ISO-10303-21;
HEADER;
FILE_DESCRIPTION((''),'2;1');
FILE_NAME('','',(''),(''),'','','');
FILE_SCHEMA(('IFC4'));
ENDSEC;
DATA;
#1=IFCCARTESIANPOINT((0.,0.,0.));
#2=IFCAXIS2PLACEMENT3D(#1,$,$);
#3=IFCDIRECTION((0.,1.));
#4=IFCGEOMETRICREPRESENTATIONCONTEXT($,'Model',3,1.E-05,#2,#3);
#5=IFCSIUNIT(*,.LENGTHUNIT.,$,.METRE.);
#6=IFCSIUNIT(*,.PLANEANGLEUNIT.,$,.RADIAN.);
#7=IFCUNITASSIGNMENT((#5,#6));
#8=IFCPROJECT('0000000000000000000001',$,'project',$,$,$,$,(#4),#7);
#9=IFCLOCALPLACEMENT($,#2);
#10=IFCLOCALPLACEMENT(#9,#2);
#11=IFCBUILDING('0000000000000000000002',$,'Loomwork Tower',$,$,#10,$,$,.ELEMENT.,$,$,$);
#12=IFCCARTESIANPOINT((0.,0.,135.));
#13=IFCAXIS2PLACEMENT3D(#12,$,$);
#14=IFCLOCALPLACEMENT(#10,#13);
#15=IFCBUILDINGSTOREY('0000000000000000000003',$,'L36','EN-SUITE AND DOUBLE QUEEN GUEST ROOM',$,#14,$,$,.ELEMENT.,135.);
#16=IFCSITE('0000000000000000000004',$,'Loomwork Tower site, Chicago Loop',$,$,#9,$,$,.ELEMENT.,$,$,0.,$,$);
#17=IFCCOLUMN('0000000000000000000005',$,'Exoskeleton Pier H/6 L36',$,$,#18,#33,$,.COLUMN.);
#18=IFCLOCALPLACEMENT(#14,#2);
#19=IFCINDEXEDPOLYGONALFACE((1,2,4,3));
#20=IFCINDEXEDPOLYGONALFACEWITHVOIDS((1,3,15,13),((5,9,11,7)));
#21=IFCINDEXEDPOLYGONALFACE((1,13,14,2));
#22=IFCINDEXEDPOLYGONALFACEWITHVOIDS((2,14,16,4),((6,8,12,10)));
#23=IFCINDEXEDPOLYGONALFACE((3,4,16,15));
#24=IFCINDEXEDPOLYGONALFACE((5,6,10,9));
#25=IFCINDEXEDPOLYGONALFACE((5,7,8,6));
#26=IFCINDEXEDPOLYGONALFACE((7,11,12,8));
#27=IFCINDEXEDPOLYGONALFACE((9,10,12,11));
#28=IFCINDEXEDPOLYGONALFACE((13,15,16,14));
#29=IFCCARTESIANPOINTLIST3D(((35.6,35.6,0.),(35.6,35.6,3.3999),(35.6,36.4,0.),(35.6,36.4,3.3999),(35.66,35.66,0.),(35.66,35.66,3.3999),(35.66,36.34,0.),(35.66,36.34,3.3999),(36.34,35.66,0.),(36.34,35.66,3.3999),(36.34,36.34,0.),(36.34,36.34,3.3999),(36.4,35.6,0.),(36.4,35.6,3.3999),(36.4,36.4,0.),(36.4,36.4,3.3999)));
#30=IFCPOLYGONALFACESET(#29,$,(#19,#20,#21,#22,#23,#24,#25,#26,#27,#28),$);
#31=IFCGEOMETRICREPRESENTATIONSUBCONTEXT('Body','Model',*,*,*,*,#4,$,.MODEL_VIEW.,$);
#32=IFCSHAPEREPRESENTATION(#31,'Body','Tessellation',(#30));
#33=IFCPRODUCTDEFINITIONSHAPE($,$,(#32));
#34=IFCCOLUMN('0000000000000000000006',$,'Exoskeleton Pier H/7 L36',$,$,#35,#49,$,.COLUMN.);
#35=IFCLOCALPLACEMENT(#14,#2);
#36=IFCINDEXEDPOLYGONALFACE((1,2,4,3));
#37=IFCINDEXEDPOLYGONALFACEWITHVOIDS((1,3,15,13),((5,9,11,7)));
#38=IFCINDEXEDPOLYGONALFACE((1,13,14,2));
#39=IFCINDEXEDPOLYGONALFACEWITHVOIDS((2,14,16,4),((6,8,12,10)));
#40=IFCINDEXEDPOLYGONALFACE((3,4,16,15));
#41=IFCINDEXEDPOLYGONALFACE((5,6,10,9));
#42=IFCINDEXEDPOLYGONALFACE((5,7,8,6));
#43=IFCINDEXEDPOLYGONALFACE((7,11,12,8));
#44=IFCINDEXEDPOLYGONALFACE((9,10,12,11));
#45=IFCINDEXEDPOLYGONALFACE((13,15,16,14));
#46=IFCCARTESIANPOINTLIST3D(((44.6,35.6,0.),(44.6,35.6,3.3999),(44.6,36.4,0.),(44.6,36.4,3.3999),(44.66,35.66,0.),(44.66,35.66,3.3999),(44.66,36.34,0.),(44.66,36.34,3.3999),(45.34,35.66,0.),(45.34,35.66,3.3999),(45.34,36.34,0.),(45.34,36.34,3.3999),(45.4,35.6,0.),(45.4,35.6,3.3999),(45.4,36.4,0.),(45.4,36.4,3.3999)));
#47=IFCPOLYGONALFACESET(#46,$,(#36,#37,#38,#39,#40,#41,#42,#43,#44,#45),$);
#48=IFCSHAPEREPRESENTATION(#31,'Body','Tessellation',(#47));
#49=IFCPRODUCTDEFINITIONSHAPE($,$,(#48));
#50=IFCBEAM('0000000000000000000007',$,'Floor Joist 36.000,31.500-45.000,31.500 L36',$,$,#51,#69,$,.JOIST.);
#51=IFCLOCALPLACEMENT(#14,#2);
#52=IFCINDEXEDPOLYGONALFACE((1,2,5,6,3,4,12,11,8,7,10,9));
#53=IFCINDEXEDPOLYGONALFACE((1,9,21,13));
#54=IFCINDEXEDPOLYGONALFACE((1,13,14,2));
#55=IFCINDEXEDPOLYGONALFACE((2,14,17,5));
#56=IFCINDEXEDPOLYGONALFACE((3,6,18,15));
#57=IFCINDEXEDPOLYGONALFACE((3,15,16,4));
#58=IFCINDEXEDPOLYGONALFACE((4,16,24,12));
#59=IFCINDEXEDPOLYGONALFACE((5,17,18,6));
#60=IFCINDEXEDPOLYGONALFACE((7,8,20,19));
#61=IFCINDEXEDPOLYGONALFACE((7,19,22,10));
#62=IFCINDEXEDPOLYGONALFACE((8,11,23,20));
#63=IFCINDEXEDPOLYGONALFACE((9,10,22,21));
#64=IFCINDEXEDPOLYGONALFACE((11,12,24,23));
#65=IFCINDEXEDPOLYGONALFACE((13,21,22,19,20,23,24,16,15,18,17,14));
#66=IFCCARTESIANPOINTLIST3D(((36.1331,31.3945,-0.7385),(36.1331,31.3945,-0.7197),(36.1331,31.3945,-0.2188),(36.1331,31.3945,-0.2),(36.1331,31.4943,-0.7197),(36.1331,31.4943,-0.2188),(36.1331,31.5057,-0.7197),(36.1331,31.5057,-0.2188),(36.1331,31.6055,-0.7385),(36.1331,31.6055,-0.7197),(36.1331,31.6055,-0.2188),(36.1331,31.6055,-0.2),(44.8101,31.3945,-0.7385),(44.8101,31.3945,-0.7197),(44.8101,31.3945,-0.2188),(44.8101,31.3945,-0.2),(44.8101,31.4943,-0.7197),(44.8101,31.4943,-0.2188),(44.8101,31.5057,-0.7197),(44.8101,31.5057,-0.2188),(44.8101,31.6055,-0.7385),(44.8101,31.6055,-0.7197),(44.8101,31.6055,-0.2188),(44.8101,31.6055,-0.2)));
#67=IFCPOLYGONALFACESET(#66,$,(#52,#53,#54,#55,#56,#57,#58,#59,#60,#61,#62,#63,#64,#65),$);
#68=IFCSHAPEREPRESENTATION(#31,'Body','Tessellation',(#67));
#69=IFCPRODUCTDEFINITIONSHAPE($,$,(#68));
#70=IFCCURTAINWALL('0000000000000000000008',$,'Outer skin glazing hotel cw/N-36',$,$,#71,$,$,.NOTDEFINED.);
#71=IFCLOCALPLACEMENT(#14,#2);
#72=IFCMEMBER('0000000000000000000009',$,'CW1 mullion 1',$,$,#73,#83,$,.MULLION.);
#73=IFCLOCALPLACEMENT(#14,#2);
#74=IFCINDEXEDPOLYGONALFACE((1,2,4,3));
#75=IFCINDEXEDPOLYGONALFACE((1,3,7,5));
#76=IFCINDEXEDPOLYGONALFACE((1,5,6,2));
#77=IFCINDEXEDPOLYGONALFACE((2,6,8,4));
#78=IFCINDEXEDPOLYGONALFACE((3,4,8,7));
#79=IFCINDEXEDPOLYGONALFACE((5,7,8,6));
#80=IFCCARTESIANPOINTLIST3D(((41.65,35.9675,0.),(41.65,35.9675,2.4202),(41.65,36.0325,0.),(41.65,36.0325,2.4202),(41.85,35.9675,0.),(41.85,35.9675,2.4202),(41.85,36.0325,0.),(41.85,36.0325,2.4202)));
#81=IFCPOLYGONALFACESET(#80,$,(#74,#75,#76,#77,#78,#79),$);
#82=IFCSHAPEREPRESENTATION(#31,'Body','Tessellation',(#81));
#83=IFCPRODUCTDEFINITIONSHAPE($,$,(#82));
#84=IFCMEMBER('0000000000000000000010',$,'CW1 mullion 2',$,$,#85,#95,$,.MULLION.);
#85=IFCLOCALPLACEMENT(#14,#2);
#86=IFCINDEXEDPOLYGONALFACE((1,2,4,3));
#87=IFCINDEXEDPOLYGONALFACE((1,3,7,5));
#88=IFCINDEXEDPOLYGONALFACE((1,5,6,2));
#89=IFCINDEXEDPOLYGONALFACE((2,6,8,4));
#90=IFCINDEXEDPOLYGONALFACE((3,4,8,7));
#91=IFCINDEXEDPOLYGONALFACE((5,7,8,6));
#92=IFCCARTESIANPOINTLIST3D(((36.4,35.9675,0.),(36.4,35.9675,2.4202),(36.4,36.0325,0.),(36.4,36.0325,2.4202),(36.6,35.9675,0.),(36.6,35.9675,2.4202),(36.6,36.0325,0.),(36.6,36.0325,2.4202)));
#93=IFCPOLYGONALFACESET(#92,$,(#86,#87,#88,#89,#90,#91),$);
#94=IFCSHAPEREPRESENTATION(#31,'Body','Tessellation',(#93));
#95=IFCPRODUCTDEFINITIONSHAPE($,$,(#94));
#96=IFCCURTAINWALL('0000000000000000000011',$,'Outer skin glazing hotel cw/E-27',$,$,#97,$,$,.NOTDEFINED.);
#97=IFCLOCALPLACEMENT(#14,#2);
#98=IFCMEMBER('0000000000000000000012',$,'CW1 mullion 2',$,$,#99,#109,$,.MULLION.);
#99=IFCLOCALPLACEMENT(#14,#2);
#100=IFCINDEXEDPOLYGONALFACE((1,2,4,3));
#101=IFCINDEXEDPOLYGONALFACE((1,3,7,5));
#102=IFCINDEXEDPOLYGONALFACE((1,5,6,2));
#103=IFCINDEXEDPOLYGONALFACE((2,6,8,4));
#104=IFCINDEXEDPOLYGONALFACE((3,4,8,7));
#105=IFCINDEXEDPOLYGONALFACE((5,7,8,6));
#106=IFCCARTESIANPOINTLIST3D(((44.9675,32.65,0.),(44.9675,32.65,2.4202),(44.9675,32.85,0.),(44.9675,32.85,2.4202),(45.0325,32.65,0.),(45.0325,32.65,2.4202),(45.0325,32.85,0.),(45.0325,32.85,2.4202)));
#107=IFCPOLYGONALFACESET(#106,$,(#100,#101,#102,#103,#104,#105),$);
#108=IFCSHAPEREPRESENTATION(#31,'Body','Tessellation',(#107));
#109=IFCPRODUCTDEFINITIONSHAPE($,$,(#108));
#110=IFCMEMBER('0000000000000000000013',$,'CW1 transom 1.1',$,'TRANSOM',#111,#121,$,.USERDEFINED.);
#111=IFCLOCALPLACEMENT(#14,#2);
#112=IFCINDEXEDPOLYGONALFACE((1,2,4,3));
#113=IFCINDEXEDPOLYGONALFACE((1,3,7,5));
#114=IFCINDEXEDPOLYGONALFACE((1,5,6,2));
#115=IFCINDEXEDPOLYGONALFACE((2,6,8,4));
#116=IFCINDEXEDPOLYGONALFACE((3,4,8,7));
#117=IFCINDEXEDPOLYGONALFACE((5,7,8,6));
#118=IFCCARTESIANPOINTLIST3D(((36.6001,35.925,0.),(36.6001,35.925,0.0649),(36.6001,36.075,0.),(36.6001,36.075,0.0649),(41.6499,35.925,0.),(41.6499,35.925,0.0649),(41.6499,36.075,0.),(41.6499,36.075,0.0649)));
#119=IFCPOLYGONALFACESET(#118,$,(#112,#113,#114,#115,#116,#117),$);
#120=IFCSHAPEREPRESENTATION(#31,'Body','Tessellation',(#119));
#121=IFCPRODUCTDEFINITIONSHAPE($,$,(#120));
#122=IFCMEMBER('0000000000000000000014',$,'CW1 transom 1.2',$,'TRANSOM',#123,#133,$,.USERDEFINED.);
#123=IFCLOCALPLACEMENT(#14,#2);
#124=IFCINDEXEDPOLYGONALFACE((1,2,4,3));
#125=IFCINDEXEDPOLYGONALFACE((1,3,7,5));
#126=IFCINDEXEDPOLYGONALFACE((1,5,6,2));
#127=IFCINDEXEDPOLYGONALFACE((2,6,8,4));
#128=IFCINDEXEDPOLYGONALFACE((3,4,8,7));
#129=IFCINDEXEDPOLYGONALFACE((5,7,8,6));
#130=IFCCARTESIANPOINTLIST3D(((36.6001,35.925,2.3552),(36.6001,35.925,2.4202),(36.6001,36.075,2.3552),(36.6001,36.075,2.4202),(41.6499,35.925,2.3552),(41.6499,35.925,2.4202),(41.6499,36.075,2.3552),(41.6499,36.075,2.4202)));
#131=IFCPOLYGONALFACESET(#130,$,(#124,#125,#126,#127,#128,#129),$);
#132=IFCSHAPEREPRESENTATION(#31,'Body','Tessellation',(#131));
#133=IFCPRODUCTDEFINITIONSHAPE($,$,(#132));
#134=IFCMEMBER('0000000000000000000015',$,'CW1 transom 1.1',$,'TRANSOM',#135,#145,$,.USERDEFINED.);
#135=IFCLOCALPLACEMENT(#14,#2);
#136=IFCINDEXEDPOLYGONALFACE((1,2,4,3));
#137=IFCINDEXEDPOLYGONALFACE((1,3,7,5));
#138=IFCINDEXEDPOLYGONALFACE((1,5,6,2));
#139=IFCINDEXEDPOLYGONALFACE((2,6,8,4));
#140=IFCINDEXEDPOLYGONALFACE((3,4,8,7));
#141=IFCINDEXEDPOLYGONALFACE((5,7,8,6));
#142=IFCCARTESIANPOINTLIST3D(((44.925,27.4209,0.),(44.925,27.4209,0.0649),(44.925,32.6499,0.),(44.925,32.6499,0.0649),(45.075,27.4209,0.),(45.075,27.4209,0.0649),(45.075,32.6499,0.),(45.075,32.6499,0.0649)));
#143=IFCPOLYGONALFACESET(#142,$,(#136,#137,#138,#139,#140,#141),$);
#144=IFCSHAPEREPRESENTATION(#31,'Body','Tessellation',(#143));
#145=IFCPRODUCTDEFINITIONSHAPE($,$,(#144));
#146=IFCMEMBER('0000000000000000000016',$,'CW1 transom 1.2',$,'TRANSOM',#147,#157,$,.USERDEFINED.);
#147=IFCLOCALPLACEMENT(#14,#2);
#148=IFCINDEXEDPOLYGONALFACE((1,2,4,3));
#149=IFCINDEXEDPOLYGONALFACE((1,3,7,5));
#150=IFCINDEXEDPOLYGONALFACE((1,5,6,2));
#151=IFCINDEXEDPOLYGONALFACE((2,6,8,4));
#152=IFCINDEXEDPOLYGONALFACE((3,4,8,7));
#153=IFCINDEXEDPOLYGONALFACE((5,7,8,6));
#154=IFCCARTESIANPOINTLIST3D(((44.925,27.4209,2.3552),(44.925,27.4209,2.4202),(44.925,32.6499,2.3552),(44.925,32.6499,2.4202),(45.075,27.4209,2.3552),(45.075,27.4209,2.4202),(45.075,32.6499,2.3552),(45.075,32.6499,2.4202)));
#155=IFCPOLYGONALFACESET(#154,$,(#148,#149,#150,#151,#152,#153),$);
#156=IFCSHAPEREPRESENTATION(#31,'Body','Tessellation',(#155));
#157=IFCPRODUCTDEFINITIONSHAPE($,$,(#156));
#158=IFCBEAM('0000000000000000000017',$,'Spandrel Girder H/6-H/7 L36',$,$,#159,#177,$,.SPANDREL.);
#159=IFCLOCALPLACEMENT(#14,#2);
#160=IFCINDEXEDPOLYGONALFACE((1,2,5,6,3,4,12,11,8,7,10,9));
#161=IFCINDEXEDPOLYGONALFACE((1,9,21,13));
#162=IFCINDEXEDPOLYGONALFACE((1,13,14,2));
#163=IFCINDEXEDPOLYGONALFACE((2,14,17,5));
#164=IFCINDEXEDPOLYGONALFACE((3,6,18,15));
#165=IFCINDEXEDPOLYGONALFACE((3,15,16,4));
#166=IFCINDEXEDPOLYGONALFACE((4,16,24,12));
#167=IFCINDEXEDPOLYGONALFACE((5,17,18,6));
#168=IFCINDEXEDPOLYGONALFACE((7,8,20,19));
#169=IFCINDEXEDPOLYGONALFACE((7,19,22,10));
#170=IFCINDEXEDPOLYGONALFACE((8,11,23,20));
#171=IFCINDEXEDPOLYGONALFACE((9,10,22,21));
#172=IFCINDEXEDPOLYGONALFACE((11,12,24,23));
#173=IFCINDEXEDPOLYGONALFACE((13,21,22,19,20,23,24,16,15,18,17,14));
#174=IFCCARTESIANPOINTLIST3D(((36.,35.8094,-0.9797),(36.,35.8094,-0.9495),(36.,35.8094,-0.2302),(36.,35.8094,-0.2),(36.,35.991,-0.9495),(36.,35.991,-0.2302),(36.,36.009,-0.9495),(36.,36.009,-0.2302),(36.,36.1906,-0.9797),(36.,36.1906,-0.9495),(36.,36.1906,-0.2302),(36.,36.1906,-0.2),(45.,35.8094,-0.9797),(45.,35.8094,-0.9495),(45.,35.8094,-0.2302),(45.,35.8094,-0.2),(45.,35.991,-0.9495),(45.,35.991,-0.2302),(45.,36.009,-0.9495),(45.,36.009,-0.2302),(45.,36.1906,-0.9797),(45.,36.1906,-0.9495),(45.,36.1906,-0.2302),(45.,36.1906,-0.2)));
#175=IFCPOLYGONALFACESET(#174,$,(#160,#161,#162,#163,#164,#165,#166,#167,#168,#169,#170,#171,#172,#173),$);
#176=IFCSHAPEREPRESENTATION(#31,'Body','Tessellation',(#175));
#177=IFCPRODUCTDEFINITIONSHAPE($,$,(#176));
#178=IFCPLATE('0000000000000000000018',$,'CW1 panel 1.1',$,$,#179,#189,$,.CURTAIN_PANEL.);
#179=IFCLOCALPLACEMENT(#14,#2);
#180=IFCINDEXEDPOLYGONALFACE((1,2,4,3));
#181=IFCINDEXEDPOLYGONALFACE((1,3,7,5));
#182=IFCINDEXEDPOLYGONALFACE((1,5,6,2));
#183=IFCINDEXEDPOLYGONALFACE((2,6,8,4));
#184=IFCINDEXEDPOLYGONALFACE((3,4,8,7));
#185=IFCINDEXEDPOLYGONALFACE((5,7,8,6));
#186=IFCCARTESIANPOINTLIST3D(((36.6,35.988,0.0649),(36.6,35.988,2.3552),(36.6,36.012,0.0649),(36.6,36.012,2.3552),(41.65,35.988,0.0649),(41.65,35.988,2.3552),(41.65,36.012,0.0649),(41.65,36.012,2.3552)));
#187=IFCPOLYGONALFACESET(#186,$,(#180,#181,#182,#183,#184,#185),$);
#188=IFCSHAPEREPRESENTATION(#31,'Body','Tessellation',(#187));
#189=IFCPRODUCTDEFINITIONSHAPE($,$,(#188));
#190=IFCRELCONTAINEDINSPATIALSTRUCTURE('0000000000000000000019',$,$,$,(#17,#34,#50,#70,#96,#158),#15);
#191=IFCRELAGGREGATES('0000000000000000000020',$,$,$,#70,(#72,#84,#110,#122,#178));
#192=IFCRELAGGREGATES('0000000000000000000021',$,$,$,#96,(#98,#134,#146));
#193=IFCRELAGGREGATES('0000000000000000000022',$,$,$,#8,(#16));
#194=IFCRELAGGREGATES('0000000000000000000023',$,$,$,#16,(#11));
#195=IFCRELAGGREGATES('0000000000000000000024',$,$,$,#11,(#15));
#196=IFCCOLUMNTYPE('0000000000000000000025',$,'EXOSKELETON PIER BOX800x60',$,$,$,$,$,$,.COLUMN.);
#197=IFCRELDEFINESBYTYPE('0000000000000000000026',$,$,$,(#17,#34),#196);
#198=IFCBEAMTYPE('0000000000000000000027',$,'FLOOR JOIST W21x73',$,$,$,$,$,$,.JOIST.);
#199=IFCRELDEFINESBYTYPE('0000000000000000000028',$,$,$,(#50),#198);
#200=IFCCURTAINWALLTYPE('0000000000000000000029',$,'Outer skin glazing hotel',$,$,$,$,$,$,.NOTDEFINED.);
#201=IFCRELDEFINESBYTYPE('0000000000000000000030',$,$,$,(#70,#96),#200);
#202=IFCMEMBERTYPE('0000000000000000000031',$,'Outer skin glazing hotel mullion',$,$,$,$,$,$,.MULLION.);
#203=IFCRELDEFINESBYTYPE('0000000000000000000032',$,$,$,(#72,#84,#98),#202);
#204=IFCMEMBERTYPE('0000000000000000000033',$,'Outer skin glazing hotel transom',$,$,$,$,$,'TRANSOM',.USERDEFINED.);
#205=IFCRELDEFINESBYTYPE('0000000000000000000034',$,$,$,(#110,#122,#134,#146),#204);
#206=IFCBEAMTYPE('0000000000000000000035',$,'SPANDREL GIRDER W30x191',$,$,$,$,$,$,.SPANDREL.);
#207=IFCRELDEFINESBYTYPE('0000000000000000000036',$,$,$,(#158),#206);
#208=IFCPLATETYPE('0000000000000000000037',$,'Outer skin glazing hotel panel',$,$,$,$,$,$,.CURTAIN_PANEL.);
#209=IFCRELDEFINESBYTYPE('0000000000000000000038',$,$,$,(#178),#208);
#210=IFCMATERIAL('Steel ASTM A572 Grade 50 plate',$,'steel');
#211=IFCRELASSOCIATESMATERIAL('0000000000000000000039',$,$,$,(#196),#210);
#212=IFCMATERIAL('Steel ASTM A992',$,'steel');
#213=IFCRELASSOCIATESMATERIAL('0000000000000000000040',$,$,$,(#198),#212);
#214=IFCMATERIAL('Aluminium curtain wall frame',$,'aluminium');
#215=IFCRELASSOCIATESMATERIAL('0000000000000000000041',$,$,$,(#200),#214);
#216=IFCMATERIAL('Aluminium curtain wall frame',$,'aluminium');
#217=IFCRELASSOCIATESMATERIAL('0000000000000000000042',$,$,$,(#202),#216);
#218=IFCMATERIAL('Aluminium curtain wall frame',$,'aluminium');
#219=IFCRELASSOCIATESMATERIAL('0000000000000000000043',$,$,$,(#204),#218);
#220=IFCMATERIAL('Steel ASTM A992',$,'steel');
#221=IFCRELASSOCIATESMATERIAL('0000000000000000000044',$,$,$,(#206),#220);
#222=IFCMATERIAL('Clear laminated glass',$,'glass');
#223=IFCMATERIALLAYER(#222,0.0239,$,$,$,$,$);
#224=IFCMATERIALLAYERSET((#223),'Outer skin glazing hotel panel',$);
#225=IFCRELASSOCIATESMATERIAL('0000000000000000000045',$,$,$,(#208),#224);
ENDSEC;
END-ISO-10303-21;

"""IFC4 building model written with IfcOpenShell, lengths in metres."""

from ifc_helpers import new_model, si_unit, direction, frame, origin, origin_2d, place, context, subcontext, project, spatial, rectangle, hollow_rectangle, i_section, extrude, material, layer, layer_set, material_profile, profile_set, type_object, element, aggregate, save


model = new_model("IFC4")

# Units and contexts
model_context = context("Model", 3, precision=1e-05, world=origin(), true_north=direction((0.0, 1.0)))
body_context = subcontext(model_context, "Body", "Model", "MODEL_VIEW")
ifc_project = project(units=[si_unit("LENGTHUNIT", "METRE"), si_unit("PLANEANGLEUNIT", "RADIAN")], contexts=[model_context])

# Site, building, storey
site_placement = place(None, origin())
site = spatial("IfcSite", under=ifc_project, at=site_placement, Name="Loomwork Tower site, Chicago Loop", CompositionType="ELEMENT", RefElevation=0.0)
building_placement = place(site_placement, origin())
building = spatial("IfcBuilding", under=site, at=building_placement, Name="Loomwork Tower", CompositionType="ELEMENT")
storey_placement = place(building_placement, frame((0.0, 0.0, 135.0)))
storey = spatial("IfcBuildingStorey", under=building, at=storey_placement, Name="L36", Description="EN-SUITE AND DOUBLE QUEEN GUEST ROOM", CompositionType="ELEMENT", Elevation=135.0)

# Columns
ifc_material_1 = material(Name="Steel ASTM A572 Grade 50 plate", Category="steel")
ifc_material_profile_1 = material_profile(ifc_material_1, hollow_rectangle(XDim=0.8, YDim=0.8, WallThickness=0.0601, at=origin_2d()), Name="BOX800x60")
ifc_profile_set_1 = profile_set([ifc_material_profile_1], Name="Steel ASTM A572 Grade 50 plate")
column_type = type_object("IfcColumnType", Name="EXOSKELETON PIER BOX800x60", PredefinedType="COLUMN", material=ifc_profile_set_1)
for number, where, z_axis, x_axis, name in (
    (1, (36.0, 36.0, 0.0), (0.0, 0.0, 1.0), (1.0, 0.0, 0.0), "Exoskeleton Pier H/6 L36"),
    (2, (45.0, 36.0, 0.0), (0.0, 0.0, 1.0), (1.0, 0.0, 0.0), "Exoskeleton Pier H/7 L36"),
):
    element("IfcColumn", number, at=place(storey_placement, frame(where, z_axis=z_axis, x_axis=x_axis)), inside=storey, type_object=column_type, Name=name, PredefinedType="COLUMN", context=body_context, shape_type="SweptSolid", body=[
        extrude(hollow_rectangle(XDim=0.8, YDim=0.8, WallThickness=0.0601, at=origin_2d()), origin(), (0.0, 0.0, 1.0), 3.3999),
    ])

# Beam
ifc_material_2 = material(Name="Steel ASTM A992", Category="steel")
ifc_material_profile_2 = material_profile(ifc_material_2, i_section(OverallWidth=0.2109, OverallDepth=0.5386, WebThickness=0.0115, FlangeThickness=0.0188, at=origin_2d()), Name="W21x73")
ifc_profile_set_2 = profile_set([ifc_material_profile_2], Name="Steel ASTM A992")
beam_type_1 = type_object("IfcBeamType", Name="FLOOR JOIST W21x73", PredefinedType="JOIST", material=ifc_profile_set_2)
beam_1_placement = place(storey_placement, frame((36.1331, 31.5, -0.4692), z_axis=(1.0, 0.0, 0.0), x_axis=(0.0, 1.0, 0.0)))
element("IfcBeam", 3, at=beam_1_placement, inside=storey, type_object=beam_type_1, Name="Floor Joist 36.000,31.500-45.000,31.500 L36", PredefinedType="JOIST", context=body_context, shape_type="SweptSolid", body=[
    extrude(i_section(OverallWidth=0.2109, OverallDepth=0.5386, WebThickness=0.0115, FlangeThickness=0.0188, at=origin_2d()), origin(), (0.0, 0.0, 1.0), 8.677),
])

# Curtain wall, members
ifc_material_3 = material(Name="Aluminium curtain wall frame", Category="aluminium")
curtain_wall_type = type_object("IfcCurtainWallType", Name="Outer skin glazing hotel", PredefinedType="NOTDEFINED", material=ifc_material_3)
curtain_wall_1_placement = place(storey_placement, origin())
curtain_wall_1 = element("IfcCurtainWall", 4, at=curtain_wall_1_placement, inside=storey, type_object=curtain_wall_type, Name="Outer skin glazing hotel cw/N-36", PredefinedType="NOTDEFINED")
ifc_material_4 = material(Name="Aluminium curtain wall frame", Category="aluminium")
ifc_material_profile_3 = material_profile(ifc_material_4, rectangle(XDim=0.0649, YDim=0.2, at=origin_2d()), Name="AL 65x200")
ifc_profile_set_3 = profile_set([ifc_material_profile_3], Name="Aluminium curtain wall frame")
member_type_1 = type_object("IfcMemberType", Name="Outer skin glazing hotel mullion", PredefinedType="MULLION", material=ifc_profile_set_3)
member_1_placement = place(storey_placement, frame((41.75, 36.0, 0.0), z_axis=(0.0, 0.0, 1.0), x_axis=(0.0, -1.0, 0.0)))
member_1 = element("IfcMember", 5, at=member_1_placement, type_object=member_type_1, Name="CW1 mullion 1", PredefinedType="MULLION", context=body_context, shape_type="SweptSolid", body=[
    extrude(rectangle(XDim=0.0649, YDim=0.2, at=origin_2d()), origin(), (0.0, 0.0, 1.0), 2.4202),
])
member_2_placement = place(storey_placement, frame((36.5, 36.0, 0.0), z_axis=(0.0, 0.0, 1.0), x_axis=(0.0, -1.0, 0.0)))
member_2 = element("IfcMember", 6, at=member_2_placement, type_object=member_type_1, Name="CW1 mullion 2", PredefinedType="MULLION", context=body_context, shape_type="SweptSolid", body=[
    extrude(rectangle(XDim=0.0649, YDim=0.2, at=origin_2d()), origin(), (0.0, 0.0, 1.0), 2.4202),
])

# Curtain wall, member
curtain_wall_2_placement = place(storey_placement, origin())
curtain_wall_2 = element("IfcCurtainWall", 7, at=curtain_wall_2_placement, inside=storey, type_object=curtain_wall_type, Name="Outer skin glazing hotel cw/E-27", PredefinedType="NOTDEFINED")
member_3_placement = place(storey_placement, frame((45.0, 32.75, 0.0), z_axis=(0.0, 0.0, 1.0), x_axis=(-1.0, 0.0, 0.0)))
member_3 = element("IfcMember", 8, at=member_3_placement, type_object=member_type_1, Name="CW1 mullion 2", PredefinedType="MULLION", context=body_context, shape_type="SweptSolid", body=[
    extrude(rectangle(XDim=0.0649, YDim=0.2, at=origin_2d()), origin(), (0.0, 0.0, 1.0), 2.4202),
])

# Members
ifc_material_5 = material(Name="Aluminium curtain wall frame", Category="aluminium")
ifc_material_profile_4 = material_profile(ifc_material_5, rectangle(XDim=0.1499, YDim=0.0649, at=origin_2d()), Name="AL 65x150")
ifc_profile_set_4 = profile_set([ifc_material_profile_4], Name="Aluminium curtain wall frame")
member_type_2 = type_object("IfcMemberType", Name="Outer skin glazing hotel transom", ElementType="TRANSOM", PredefinedType="USERDEFINED", material=ifc_profile_set_4)
member_4_placement = place(storey_placement, frame((41.6499, 36.0, 0.0325), z_axis=(-1.0, 0.0, 0.0), x_axis=(0.0, -1.0, 0.0)))
member_4 = element("IfcMember", 9, at=member_4_placement, type_object=member_type_2, Name="CW1 transom 1.1", ObjectType="TRANSOM", PredefinedType="USERDEFINED", context=body_context, shape_type="SweptSolid", body=[
    extrude(rectangle(XDim=0.1499, YDim=0.0649, at=origin_2d()), origin(), (0.0, 0.0, 1.0), 5.0498),
])
member_5_placement = place(storey_placement, frame((41.6499, 36.0, 2.3877), z_axis=(-1.0, 0.0, 0.0), x_axis=(0.0, -1.0, 0.0)))
member_5 = element("IfcMember", 10, at=member_5_placement, type_object=member_type_2, Name="CW1 transom 1.2", ObjectType="TRANSOM", PredefinedType="USERDEFINED", context=body_context, shape_type="SweptSolid", body=[
    extrude(rectangle(XDim=0.1499, YDim=0.0649, at=origin_2d()), origin(), (0.0, 0.0, 1.0), 5.0498),
])
member_6_placement = place(storey_placement, frame((45.0, 27.4209, 0.0325), z_axis=(0.0, 1.0, 0.0), x_axis=(-1.0, 0.0, 0.0)))
member_6 = element("IfcMember", 11, at=member_6_placement, type_object=member_type_2, Name="CW1 transom 1.1", ObjectType="TRANSOM", PredefinedType="USERDEFINED", context=body_context, shape_type="SweptSolid", body=[
    extrude(rectangle(XDim=0.1499, YDim=0.0649, at=origin_2d()), origin(), (0.0, 0.0, 1.0), 5.229),
])
member_7_placement = place(storey_placement, frame((45.0, 27.4209, 2.3877), z_axis=(0.0, 1.0, 0.0), x_axis=(-1.0, 0.0, 0.0)))
member_7 = element("IfcMember", 12, at=member_7_placement, type_object=member_type_2, Name="CW1 transom 1.2", ObjectType="TRANSOM", PredefinedType="USERDEFINED", context=body_context, shape_type="SweptSolid", body=[
    extrude(rectangle(XDim=0.1499, YDim=0.0649, at=origin_2d()), origin(), (0.0, 0.0, 1.0), 5.229),
])

# Beam
ifc_material_6 = material(Name="Steel ASTM A992", Category="steel")
ifc_material_profile_5 = material_profile(ifc_material_6, i_section(OverallWidth=0.3811, OverallDepth=0.7798, WebThickness=0.0181, FlangeThickness=0.0303, at=origin_2d()), Name="W30x191")
ifc_profile_set_5 = profile_set([ifc_material_profile_5], Name="Steel ASTM A992")
beam_type_2 = type_object("IfcBeamType", Name="SPANDREL GIRDER W30x191", PredefinedType="SPANDREL", material=ifc_profile_set_5)
beam_2_placement = place(storey_placement, frame((36.0, 36.0, -0.5898), z_axis=(1.0, 0.0, 0.0), x_axis=(0.0, 1.0, 0.0)))
element("IfcBeam", 13, at=beam_2_placement, inside=storey, type_object=beam_type_2, Name="Spandrel Girder H/6-H/7 L36", PredefinedType="SPANDREL", context=body_context, shape_type="SweptSolid", body=[
    extrude(i_section(OverallWidth=0.3811, OverallDepth=0.7798, WebThickness=0.0181, FlangeThickness=0.0303, at=origin_2d()), origin(), (0.0, 0.0, 1.0), 9.0),
])

# Plate
ifc_material_7 = material(Name="Clear laminated glass", Category="glass")
ifc_layer_1 = layer(ifc_material_7, 0.0239)
ifc_layer_set_1 = layer_set([ifc_layer_1], Name="Outer skin glazing hotel panel")
plate_type = type_object("IfcPlateType", Name="Outer skin glazing hotel panel", PredefinedType="CURTAIN_PANEL", material=ifc_layer_set_1)
plate_1_placement = place(storey_placement, frame((39.125, 36.0, 0.0649), z_axis=(0.0, 0.0, 1.0), x_axis=(-1.0, 0.0, 0.0)))
plate_1 = element("IfcPlate", 14, at=plate_1_placement, type_object=plate_type, Name="CW1 panel 1.1", PredefinedType="CURTAIN_PANEL", context=body_context, shape_type="SweptSolid", body=[
    extrude(rectangle(XDim=5.05, YDim=0.0239, at=origin_2d()), origin(), (0.0, 0.0, 1.0), 2.2903),
])
aggregate(curtain_wall_1, [member_1, member_2, member_4, member_5, plate_1])
aggregate(curtain_wall_2, [member_3, member_6, member_7])

save(model, "model.ifc")
